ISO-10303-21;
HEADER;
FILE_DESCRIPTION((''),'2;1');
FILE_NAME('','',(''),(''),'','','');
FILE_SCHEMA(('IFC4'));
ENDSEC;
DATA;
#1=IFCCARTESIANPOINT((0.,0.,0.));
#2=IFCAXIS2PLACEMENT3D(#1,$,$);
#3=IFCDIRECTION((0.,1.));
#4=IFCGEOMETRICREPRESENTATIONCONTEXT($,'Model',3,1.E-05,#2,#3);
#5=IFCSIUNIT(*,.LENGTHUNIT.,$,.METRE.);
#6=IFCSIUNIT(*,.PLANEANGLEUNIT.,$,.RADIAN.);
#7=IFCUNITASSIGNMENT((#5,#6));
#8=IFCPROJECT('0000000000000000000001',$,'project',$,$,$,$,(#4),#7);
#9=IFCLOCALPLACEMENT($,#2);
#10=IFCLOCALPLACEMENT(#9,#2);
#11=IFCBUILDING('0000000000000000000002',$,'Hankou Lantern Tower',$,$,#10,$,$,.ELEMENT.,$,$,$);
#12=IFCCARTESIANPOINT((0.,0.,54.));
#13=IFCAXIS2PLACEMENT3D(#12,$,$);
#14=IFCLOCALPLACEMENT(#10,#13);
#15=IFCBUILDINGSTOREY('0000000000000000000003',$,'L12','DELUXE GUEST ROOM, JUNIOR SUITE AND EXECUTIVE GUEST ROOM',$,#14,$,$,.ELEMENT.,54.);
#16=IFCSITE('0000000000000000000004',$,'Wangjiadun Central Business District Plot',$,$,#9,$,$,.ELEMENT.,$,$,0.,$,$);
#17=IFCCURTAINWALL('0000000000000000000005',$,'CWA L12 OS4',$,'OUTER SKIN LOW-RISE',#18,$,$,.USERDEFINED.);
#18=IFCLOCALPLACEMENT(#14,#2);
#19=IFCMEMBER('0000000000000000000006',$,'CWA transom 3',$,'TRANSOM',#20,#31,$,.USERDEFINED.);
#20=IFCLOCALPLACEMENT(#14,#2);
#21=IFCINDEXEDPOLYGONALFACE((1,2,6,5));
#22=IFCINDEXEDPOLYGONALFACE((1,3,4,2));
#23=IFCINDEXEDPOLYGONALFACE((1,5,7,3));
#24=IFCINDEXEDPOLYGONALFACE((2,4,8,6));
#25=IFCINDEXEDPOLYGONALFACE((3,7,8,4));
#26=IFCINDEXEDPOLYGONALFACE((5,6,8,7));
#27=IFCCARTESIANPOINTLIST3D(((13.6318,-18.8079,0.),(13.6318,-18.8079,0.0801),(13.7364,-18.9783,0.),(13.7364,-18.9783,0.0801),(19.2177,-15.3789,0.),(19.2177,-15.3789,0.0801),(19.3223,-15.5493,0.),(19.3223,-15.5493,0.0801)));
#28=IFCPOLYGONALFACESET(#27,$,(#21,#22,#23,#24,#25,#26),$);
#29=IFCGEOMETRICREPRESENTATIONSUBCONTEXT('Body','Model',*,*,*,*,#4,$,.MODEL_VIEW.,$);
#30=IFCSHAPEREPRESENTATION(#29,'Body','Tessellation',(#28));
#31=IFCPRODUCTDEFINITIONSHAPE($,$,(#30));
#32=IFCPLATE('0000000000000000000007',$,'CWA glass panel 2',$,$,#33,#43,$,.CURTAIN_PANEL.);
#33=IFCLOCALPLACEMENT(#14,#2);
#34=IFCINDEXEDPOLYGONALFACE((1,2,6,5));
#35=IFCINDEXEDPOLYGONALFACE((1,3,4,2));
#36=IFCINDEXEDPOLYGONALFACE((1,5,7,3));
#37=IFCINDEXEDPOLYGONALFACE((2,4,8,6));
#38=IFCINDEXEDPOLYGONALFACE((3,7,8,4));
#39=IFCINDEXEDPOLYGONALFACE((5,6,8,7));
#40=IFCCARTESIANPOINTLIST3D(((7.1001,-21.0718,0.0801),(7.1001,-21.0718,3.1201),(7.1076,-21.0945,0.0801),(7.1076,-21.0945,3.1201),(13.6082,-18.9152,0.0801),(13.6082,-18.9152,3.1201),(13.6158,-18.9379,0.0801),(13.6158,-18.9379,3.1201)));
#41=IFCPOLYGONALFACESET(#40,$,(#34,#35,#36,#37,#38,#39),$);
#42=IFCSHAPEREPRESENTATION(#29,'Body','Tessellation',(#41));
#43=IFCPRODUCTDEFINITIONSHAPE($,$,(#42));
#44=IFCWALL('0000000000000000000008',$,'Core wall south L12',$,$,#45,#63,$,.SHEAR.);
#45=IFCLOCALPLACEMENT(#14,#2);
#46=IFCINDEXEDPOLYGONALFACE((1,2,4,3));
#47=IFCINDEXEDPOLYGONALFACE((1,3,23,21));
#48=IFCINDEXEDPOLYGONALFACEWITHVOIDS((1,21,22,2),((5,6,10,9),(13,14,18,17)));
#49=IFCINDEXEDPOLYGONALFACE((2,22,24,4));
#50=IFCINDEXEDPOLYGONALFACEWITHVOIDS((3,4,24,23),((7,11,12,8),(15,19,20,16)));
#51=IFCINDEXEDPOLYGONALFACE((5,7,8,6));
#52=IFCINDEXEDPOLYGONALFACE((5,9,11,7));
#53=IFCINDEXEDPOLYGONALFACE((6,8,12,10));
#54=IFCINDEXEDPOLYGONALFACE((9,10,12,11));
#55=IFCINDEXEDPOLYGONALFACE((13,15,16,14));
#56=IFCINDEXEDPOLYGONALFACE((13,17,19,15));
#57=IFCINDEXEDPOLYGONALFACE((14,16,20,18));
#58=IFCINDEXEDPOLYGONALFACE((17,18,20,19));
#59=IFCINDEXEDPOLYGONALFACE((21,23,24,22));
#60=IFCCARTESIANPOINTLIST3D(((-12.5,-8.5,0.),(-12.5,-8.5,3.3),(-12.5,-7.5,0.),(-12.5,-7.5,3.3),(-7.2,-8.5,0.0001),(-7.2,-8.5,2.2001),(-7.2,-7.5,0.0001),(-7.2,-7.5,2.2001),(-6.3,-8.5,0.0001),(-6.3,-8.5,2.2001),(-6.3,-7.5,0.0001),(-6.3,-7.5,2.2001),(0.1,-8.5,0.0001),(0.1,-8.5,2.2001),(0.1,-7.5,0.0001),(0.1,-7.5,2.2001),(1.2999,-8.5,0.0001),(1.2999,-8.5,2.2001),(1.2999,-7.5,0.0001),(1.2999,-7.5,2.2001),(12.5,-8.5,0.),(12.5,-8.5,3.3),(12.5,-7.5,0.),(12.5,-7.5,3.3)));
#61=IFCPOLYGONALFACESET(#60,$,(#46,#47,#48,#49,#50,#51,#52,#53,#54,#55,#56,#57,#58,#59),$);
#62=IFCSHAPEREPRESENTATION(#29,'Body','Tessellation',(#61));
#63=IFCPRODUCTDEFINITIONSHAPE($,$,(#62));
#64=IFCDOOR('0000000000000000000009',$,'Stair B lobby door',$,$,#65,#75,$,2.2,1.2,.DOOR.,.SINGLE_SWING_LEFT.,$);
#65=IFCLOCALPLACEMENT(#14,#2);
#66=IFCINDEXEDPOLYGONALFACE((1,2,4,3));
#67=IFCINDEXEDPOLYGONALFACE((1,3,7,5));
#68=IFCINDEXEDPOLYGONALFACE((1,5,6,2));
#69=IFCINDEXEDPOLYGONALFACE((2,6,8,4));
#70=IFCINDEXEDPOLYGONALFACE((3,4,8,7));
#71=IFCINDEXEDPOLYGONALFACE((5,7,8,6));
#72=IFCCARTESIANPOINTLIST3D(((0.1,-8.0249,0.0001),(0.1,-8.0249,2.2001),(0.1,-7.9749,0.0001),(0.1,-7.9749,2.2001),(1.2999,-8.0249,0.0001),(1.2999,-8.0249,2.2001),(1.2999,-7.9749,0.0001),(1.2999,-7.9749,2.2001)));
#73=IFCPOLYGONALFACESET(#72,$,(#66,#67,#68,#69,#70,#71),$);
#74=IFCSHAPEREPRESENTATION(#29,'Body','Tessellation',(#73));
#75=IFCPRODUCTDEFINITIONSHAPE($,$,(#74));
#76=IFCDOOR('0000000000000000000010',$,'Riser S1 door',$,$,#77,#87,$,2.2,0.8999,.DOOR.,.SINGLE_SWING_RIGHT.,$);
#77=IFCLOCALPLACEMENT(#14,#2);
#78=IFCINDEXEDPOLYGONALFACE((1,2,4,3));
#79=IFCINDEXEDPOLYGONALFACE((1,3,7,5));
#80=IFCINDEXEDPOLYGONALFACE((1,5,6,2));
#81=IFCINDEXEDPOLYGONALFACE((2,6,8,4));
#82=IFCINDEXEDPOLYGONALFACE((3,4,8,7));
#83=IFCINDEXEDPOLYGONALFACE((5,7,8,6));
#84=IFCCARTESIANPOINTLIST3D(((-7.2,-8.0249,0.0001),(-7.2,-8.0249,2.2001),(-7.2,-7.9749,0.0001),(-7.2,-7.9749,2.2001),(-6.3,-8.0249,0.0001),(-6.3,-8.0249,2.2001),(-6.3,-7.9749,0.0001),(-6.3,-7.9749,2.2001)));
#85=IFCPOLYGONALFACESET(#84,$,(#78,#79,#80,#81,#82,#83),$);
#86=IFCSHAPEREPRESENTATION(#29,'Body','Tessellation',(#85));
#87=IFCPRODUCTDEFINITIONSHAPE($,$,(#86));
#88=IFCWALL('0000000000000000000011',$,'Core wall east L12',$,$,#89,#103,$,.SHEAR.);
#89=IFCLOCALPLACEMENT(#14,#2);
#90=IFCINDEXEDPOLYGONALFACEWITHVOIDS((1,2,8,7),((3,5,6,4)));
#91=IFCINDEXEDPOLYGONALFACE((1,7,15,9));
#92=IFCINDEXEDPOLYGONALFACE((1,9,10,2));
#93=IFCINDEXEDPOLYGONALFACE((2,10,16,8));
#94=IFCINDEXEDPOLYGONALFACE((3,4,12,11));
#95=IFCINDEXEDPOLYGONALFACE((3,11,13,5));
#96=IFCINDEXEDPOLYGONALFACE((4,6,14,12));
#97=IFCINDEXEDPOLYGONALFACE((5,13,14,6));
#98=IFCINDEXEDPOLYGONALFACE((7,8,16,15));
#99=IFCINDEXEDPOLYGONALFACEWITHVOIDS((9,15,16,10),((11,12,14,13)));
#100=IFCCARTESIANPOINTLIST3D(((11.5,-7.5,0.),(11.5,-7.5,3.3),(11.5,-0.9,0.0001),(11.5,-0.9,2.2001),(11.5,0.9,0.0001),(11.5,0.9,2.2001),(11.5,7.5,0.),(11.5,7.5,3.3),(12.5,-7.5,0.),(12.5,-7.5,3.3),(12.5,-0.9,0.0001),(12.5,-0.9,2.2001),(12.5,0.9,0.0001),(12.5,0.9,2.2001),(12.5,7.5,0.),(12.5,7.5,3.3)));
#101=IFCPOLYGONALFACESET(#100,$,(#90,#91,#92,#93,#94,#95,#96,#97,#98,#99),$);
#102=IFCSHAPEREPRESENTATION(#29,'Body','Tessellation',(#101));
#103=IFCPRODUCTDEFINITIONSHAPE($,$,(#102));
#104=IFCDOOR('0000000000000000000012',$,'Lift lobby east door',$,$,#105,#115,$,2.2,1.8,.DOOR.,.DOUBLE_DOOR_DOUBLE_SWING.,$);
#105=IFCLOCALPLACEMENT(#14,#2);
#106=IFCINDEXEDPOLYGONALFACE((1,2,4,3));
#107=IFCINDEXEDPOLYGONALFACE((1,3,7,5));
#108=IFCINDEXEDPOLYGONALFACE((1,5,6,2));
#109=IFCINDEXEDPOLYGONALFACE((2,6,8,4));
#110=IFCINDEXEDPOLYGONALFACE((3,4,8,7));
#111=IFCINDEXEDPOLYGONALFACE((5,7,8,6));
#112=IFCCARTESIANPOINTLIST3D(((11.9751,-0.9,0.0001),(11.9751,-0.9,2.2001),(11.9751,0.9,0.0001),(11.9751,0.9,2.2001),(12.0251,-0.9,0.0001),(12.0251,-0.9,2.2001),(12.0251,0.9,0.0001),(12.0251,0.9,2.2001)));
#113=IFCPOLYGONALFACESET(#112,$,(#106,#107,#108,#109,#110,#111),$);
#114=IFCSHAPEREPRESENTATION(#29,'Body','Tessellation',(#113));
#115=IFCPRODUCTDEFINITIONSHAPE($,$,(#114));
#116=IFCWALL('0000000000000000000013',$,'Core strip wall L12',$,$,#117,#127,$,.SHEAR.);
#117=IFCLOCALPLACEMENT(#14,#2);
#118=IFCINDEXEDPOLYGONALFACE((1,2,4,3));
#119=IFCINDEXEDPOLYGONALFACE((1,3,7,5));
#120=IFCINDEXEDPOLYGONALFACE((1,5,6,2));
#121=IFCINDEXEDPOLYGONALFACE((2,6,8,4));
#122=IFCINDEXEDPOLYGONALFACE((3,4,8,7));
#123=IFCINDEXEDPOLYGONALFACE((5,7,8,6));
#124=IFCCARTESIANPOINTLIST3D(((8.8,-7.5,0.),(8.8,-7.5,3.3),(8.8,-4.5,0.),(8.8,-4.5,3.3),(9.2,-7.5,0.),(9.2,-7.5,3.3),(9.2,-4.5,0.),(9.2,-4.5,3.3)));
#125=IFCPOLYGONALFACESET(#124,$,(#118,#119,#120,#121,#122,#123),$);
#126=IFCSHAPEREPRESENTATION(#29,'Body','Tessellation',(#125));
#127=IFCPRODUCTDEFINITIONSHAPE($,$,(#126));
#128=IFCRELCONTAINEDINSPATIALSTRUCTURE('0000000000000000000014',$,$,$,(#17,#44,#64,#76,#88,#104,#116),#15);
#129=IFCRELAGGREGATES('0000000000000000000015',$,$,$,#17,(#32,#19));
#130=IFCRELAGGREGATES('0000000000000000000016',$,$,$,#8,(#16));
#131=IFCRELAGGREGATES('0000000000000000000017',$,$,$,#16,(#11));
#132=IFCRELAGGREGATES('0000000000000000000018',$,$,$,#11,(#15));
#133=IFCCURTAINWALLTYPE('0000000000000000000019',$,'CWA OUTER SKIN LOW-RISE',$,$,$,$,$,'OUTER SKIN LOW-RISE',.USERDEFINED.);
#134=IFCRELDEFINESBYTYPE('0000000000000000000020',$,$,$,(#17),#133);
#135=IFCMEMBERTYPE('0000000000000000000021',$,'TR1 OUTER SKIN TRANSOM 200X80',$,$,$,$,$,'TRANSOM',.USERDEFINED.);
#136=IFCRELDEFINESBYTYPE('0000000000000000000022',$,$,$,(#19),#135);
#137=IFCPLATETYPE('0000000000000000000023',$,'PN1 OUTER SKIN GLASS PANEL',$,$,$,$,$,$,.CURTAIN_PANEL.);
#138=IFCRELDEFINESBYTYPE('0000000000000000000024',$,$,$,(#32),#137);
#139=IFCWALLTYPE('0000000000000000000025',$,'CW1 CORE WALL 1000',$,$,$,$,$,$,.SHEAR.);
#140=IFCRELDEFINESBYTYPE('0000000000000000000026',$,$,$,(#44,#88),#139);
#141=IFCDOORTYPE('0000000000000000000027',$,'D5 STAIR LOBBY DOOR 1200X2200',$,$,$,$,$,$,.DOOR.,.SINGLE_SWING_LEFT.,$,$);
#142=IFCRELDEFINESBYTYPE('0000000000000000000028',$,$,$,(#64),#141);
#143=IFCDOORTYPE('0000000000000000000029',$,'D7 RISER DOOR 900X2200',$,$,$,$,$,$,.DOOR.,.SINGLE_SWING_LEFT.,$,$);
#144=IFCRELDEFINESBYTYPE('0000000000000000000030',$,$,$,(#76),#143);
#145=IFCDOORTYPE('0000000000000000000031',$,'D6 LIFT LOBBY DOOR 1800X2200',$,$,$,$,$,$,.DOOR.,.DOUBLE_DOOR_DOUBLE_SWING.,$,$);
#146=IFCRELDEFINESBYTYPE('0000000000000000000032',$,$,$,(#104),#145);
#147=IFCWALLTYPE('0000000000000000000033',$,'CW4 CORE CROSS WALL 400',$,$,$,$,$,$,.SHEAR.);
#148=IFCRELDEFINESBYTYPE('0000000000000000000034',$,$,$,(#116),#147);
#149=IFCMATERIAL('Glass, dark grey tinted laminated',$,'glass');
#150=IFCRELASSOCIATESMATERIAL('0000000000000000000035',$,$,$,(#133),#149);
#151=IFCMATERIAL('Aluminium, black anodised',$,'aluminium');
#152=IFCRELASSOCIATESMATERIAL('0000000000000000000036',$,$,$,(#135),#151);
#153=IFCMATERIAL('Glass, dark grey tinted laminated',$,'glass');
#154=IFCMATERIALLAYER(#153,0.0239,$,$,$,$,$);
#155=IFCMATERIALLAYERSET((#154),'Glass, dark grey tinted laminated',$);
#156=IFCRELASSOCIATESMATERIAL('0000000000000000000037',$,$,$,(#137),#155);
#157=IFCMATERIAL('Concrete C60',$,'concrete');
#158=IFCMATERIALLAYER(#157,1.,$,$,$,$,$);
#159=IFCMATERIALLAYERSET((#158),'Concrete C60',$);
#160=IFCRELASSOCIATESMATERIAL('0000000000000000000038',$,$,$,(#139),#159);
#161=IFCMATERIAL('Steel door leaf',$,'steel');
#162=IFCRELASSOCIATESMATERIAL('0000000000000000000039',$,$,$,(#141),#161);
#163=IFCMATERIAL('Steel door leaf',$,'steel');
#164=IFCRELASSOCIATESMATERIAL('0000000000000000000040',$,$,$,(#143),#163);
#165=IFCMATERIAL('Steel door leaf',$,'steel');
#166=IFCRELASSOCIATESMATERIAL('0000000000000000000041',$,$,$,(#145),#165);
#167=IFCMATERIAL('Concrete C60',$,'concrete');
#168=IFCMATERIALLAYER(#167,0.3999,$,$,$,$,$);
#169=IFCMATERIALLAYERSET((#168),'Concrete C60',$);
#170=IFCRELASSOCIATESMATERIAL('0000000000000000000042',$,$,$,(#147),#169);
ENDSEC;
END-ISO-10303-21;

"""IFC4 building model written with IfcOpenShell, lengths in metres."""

from ifc_helpers import new_model, si_unit, direction, frame, frame_2d, origin, origin_2d, place, context, subcontext, project, spatial, rectangle, extrude, material, layer, layer_set, material_profile, profile_set, type_object, element, fill, aggregate, save


model = new_model("IFC4")

# Units and contexts
model_context = context("Model", 3, precision=1e-05, world=origin(), true_north=direction((0.0, 1.0)))
body_context = subcontext(model_context, "Body", "Model", "MODEL_VIEW")
ifc_project = project(units=[si_unit("LENGTHUNIT", "METRE"), si_unit("PLANEANGLEUNIT", "RADIAN")], contexts=[model_context])

# Site, building, storey
site_placement = place(None, origin())
site = spatial("IfcSite", under=ifc_project, at=site_placement, Name="Wangjiadun Central Business District Plot", CompositionType="ELEMENT", RefElevation=0.0)
building_placement = place(site_placement, origin())
building = spatial("IfcBuilding", under=site, at=building_placement, Name="Hankou Lantern Tower", CompositionType="ELEMENT")
storey_placement = place(building_placement, frame((0.0, 0.0, 54.0)))
storey = spatial("IfcBuildingStorey", under=building, at=storey_placement, Name="L12", Description="DELUXE GUEST ROOM, JUNIOR SUITE AND EXECUTIVE GUEST ROOM", CompositionType="ELEMENT", Elevation=54.0)

# Curtain wall
ifc_material_1 = material(Name="Glass, dark grey tinted laminated", Category="glass")
curtain_wall_type = type_object("IfcCurtainWallType", Name="CWA OUTER SKIN LOW-RISE", ElementType="OUTER SKIN LOW-RISE", PredefinedType="USERDEFINED", material=ifc_material_1)
curtain_wall_placement = place(storey_placement, origin())
curtain_wall = element("IfcCurtainWall", 1, at=curtain_wall_placement, inside=storey, type_object=curtain_wall_type, Name="CWA L12 OS4", ObjectType="OUTER SKIN LOW-RISE", PredefinedType="USERDEFINED")

# Member
ifc_material_2 = material(Name="Aluminium, black anodised", Category="aluminium")
ifc_material_profile_1 = material_profile(ifc_material_2, rectangle(XDim=0.2, YDim=0.0801, at=origin_2d()), Name="TR1 200X80")
ifc_profile_set_1 = profile_set([ifc_material_profile_1], Name="Aluminium, black anodised")
member_type_1 = type_object("IfcMemberType", Name="TR1 OUTER SKIN TRANSOM 200X80", ElementType="TRANSOM", PredefinedType="USERDEFINED", material=ifc_profile_set_1)
member_1_placement = place(storey_placement, frame((13.6841, -18.8931, 0.04), z_axis=(0.85224, 0.523152, 0.0), x_axis=(-0.523152, 0.85224, 0.0)))
member_1 = element("IfcMember", 2, at=member_1_placement, type_object=member_type_1, Name="CWA transom 3", ObjectType="TRANSOM", PredefinedType="USERDEFINED", context=body_context, shape_type="SweptSolid", body=[
    extrude(rectangle(XDim=0.2, YDim=0.0801, at=origin_2d()), origin(), (0.0, 0.0, 1.0), 6.5544),
])

# Plate
ifc_material_3 = material(Name="Glass, dark grey tinted laminated", Category="glass")
ifc_layer_1 = layer(ifc_material_3, 0.0239)
ifc_layer_set_1 = layer_set([ifc_layer_1], Name="Glass, dark grey tinted laminated")
plate_type = type_object("IfcPlateType", Name="PN1 OUTER SKIN GLASS PANEL", PredefinedType="CURTAIN_PANEL", material=ifc_layer_set_1)
plate_placement = place(storey_placement, frame((10.3579, -20.0049, 0.0801), z_axis=(0.0, 0.0, 1.0), x_axis=(0.949241, 0.314551, 0.0)))
plate = element("IfcPlate", 3, at=plate_placement, type_object=plate_type, Name="CWA glass panel 2", PredefinedType="CURTAIN_PANEL", context=body_context, shape_type="SweptSolid", body=[
    extrude(rectangle(XDim=6.8562, YDim=0.0239, at=origin_2d()), origin(), (0.0, 0.0, 1.0), 3.04),
])
aggregate(curtain_wall, [plate, member_1])

# Wall, openings, doors
ifc_material_4 = material(Name="Concrete C60", Category="concrete")
ifc_layer_2 = layer(ifc_material_4, 1.0)
ifc_layer_set_2 = layer_set([ifc_layer_2], Name="Concrete C60")
wall_type_1 = type_object("IfcWallType", Name="CW1 CORE WALL 1000", PredefinedType="SHEAR", material=ifc_layer_set_2)
wall_1_placement = place(storey_placement, frame((12.5, -8.0, 0.0), z_axis=(0.0, 0.0, 1.0), x_axis=(-1.0, 0.0, 0.0)))
wall_1 = element("IfcWall", 4, at=wall_1_placement, inside=storey, type_object=wall_type_1, Name="Core wall south L12", PredefinedType="SHEAR", context=body_context, shape_type="SweptSolid", body=[
    extrude(rectangle(XDim=25.0, YDim=1.0, at=frame_2d((12.5, 0.0))), origin(), (0.0, 0.0, 1.0), 3.3),
])
opening_1_placement = place(wall_1_placement, frame((11.2, 0.0, 0.0)))
opening_1 = element("IfcOpeningElement", 5, at=opening_1_placement, cuts=wall_1, PredefinedType="OPENING", context=body_context, shape_type="SweptSolid", body=[
    extrude(rectangle(XDim=1.2, YDim=2.2, at=frame_2d((0.6001, 1.1001))), frame((0.0, 0.51, 0.0), z_axis=(0.0, -1.0, 0.0), x_axis=(1.0, 0.0, 0.0)), (0.0, 0.0, 1.0), 1.02),
])
opening_2_placement = place(wall_1_placement, frame((18.8, 0.0, 0.0)))
opening_2 = element("IfcOpeningElement", 6, at=opening_2_placement, cuts=wall_1, PredefinedType="OPENING", context=body_context, shape_type="SweptSolid", body=[
    extrude(rectangle(XDim=0.8999, YDim=2.2, at=frame_2d((0.45, 1.1001))), frame((0.0, 0.51, 0.0), z_axis=(0.0, -1.0, 0.0), x_axis=(1.0, 0.0, 0.0)), (0.0, 0.0, 1.0), 1.02),
])
ifc_material_5 = material(Name="Steel door leaf", Category="steel")
door_type_1 = type_object("IfcDoorType", Name="D5 STAIR LOBBY DOOR 1200X2200", OperationType="SINGLE_SWING_LEFT", PredefinedType="DOOR", material=ifc_material_5)
door_1_placement = place(opening_1_placement, origin())
door_1 = element("IfcDoor", 7, at=door_1_placement, inside=storey, type_object=door_type_1, Name="Stair B lobby door", OperationType="SINGLE_SWING_LEFT", OverallHeight=2.2, OverallWidth=1.2, PredefinedType="DOOR", context=body_context, shape_type="SweptSolid", body=[
    extrude(rectangle(XDim=1.2, YDim=2.2, at=frame_2d((0.6001, 1.1001))), frame((0.0, 0.0249, 0.0), z_axis=(0.0, -1.0, 0.0), x_axis=(1.0, 0.0, 0.0)), (0.0, 0.0, 1.0), 0.05),
])
fill(opening_1, door_1)
ifc_material_6 = material(Name="Steel door leaf", Category="steel")
door_type_2 = type_object("IfcDoorType", Name="D7 RISER DOOR 900X2200", OperationType="SINGLE_SWING_LEFT", PredefinedType="DOOR", material=ifc_material_6)
door_2_placement = place(opening_2_placement, origin())
door_2 = element("IfcDoor", 8, at=door_2_placement, inside=storey, type_object=door_type_2, Name="Riser S1 door", OperationType="SINGLE_SWING_RIGHT", OverallHeight=2.2, OverallWidth=0.8999, PredefinedType="DOOR", context=body_context, shape_type="SweptSolid", body=[
    extrude(rectangle(XDim=0.8999, YDim=2.2, at=frame_2d((0.45, 1.1001))), frame((0.0, 0.0249, 0.0), z_axis=(0.0, -1.0, 0.0), x_axis=(1.0, 0.0, 0.0)), (0.0, 0.0, 1.0), 0.05),
])
fill(opening_2, door_2)

# Wall, opening, door
wall_2_placement = place(storey_placement, frame((12.0, -7.5, 0.0), z_axis=(0.0, 0.0, 1.0), x_axis=(0.0, 1.0, 0.0)))
wall_2 = element("IfcWall", 9, at=wall_2_placement, inside=storey, type_object=wall_type_1, Name="Core wall east L12", PredefinedType="SHEAR", context=body_context, shape_type="SweptSolid", body=[
    extrude(rectangle(XDim=15.0, YDim=1.0, at=frame_2d((7.5, 0.0))), origin(), (0.0, 0.0, 1.0), 3.3),
])
opening_3_placement = place(wall_2_placement, frame((6.6001, 0.0, 0.0)))
opening_3 = element("IfcOpeningElement", 10, at=opening_3_placement, cuts=wall_2, PredefinedType="OPENING", context=body_context, shape_type="SweptSolid", body=[
    extrude(rectangle(XDim=1.8, YDim=2.2, at=frame_2d((0.8999, 1.1001))), frame((0.0, 0.51, 0.0), z_axis=(0.0, -1.0, 0.0), x_axis=(1.0, 0.0, 0.0)), (0.0, 0.0, 1.0), 1.02),
])
ifc_material_7 = material(Name="Steel door leaf", Category="steel")
door_type_3 = type_object("IfcDoorType", Name="D6 LIFT LOBBY DOOR 1800X2200", OperationType="DOUBLE_DOOR_DOUBLE_SWING", PredefinedType="DOOR", material=ifc_material_7)
door_3_placement = place(opening_3_placement, origin())
door_3 = element("IfcDoor", 11, at=door_3_placement, inside=storey, type_object=door_type_3, Name="Lift lobby east door", OperationType="DOUBLE_DOOR_DOUBLE_SWING", OverallHeight=2.2, OverallWidth=1.8, PredefinedType="DOOR", context=body_context, shape_type="SweptSolid", body=[
    extrude(rectangle(XDim=1.8, YDim=2.2, at=frame_2d((0.8999, 1.1001))), frame((0.0, 0.0249, 0.0), z_axis=(0.0, -1.0, 0.0), x_axis=(1.0, 0.0, 0.0)), (0.0, 0.0, 1.0), 0.05),
])
fill(opening_3, door_3)

# Wall
ifc_material_8 = material(Name="Concrete C60", Category="concrete")
ifc_layer_3 = layer(ifc_material_8, 0.3999)
ifc_layer_set_3 = layer_set([ifc_layer_3], Name="Concrete C60")
wall_type_2 = type_object("IfcWallType", Name="CW4 CORE CROSS WALL 400", PredefinedType="SHEAR", material=ifc_layer_set_3)
wall_3_placement = place(storey_placement, frame((9.0, -7.5, 0.0), z_axis=(0.0, 0.0, 1.0), x_axis=(0.0, 1.0, 0.0)))
element("IfcWall", 12, at=wall_3_placement, inside=storey, type_object=wall_type_2, Name="Core strip wall L12", PredefinedType="SHEAR", context=body_context, shape_type="SweptSolid", body=[
    extrude(rectangle(XDim=3.0, YDim=0.3999, at=frame_2d((1.5, 0.0))), origin(), (0.0, 0.0, 1.0), 3.3),
])

save(model, "model.ifc")
